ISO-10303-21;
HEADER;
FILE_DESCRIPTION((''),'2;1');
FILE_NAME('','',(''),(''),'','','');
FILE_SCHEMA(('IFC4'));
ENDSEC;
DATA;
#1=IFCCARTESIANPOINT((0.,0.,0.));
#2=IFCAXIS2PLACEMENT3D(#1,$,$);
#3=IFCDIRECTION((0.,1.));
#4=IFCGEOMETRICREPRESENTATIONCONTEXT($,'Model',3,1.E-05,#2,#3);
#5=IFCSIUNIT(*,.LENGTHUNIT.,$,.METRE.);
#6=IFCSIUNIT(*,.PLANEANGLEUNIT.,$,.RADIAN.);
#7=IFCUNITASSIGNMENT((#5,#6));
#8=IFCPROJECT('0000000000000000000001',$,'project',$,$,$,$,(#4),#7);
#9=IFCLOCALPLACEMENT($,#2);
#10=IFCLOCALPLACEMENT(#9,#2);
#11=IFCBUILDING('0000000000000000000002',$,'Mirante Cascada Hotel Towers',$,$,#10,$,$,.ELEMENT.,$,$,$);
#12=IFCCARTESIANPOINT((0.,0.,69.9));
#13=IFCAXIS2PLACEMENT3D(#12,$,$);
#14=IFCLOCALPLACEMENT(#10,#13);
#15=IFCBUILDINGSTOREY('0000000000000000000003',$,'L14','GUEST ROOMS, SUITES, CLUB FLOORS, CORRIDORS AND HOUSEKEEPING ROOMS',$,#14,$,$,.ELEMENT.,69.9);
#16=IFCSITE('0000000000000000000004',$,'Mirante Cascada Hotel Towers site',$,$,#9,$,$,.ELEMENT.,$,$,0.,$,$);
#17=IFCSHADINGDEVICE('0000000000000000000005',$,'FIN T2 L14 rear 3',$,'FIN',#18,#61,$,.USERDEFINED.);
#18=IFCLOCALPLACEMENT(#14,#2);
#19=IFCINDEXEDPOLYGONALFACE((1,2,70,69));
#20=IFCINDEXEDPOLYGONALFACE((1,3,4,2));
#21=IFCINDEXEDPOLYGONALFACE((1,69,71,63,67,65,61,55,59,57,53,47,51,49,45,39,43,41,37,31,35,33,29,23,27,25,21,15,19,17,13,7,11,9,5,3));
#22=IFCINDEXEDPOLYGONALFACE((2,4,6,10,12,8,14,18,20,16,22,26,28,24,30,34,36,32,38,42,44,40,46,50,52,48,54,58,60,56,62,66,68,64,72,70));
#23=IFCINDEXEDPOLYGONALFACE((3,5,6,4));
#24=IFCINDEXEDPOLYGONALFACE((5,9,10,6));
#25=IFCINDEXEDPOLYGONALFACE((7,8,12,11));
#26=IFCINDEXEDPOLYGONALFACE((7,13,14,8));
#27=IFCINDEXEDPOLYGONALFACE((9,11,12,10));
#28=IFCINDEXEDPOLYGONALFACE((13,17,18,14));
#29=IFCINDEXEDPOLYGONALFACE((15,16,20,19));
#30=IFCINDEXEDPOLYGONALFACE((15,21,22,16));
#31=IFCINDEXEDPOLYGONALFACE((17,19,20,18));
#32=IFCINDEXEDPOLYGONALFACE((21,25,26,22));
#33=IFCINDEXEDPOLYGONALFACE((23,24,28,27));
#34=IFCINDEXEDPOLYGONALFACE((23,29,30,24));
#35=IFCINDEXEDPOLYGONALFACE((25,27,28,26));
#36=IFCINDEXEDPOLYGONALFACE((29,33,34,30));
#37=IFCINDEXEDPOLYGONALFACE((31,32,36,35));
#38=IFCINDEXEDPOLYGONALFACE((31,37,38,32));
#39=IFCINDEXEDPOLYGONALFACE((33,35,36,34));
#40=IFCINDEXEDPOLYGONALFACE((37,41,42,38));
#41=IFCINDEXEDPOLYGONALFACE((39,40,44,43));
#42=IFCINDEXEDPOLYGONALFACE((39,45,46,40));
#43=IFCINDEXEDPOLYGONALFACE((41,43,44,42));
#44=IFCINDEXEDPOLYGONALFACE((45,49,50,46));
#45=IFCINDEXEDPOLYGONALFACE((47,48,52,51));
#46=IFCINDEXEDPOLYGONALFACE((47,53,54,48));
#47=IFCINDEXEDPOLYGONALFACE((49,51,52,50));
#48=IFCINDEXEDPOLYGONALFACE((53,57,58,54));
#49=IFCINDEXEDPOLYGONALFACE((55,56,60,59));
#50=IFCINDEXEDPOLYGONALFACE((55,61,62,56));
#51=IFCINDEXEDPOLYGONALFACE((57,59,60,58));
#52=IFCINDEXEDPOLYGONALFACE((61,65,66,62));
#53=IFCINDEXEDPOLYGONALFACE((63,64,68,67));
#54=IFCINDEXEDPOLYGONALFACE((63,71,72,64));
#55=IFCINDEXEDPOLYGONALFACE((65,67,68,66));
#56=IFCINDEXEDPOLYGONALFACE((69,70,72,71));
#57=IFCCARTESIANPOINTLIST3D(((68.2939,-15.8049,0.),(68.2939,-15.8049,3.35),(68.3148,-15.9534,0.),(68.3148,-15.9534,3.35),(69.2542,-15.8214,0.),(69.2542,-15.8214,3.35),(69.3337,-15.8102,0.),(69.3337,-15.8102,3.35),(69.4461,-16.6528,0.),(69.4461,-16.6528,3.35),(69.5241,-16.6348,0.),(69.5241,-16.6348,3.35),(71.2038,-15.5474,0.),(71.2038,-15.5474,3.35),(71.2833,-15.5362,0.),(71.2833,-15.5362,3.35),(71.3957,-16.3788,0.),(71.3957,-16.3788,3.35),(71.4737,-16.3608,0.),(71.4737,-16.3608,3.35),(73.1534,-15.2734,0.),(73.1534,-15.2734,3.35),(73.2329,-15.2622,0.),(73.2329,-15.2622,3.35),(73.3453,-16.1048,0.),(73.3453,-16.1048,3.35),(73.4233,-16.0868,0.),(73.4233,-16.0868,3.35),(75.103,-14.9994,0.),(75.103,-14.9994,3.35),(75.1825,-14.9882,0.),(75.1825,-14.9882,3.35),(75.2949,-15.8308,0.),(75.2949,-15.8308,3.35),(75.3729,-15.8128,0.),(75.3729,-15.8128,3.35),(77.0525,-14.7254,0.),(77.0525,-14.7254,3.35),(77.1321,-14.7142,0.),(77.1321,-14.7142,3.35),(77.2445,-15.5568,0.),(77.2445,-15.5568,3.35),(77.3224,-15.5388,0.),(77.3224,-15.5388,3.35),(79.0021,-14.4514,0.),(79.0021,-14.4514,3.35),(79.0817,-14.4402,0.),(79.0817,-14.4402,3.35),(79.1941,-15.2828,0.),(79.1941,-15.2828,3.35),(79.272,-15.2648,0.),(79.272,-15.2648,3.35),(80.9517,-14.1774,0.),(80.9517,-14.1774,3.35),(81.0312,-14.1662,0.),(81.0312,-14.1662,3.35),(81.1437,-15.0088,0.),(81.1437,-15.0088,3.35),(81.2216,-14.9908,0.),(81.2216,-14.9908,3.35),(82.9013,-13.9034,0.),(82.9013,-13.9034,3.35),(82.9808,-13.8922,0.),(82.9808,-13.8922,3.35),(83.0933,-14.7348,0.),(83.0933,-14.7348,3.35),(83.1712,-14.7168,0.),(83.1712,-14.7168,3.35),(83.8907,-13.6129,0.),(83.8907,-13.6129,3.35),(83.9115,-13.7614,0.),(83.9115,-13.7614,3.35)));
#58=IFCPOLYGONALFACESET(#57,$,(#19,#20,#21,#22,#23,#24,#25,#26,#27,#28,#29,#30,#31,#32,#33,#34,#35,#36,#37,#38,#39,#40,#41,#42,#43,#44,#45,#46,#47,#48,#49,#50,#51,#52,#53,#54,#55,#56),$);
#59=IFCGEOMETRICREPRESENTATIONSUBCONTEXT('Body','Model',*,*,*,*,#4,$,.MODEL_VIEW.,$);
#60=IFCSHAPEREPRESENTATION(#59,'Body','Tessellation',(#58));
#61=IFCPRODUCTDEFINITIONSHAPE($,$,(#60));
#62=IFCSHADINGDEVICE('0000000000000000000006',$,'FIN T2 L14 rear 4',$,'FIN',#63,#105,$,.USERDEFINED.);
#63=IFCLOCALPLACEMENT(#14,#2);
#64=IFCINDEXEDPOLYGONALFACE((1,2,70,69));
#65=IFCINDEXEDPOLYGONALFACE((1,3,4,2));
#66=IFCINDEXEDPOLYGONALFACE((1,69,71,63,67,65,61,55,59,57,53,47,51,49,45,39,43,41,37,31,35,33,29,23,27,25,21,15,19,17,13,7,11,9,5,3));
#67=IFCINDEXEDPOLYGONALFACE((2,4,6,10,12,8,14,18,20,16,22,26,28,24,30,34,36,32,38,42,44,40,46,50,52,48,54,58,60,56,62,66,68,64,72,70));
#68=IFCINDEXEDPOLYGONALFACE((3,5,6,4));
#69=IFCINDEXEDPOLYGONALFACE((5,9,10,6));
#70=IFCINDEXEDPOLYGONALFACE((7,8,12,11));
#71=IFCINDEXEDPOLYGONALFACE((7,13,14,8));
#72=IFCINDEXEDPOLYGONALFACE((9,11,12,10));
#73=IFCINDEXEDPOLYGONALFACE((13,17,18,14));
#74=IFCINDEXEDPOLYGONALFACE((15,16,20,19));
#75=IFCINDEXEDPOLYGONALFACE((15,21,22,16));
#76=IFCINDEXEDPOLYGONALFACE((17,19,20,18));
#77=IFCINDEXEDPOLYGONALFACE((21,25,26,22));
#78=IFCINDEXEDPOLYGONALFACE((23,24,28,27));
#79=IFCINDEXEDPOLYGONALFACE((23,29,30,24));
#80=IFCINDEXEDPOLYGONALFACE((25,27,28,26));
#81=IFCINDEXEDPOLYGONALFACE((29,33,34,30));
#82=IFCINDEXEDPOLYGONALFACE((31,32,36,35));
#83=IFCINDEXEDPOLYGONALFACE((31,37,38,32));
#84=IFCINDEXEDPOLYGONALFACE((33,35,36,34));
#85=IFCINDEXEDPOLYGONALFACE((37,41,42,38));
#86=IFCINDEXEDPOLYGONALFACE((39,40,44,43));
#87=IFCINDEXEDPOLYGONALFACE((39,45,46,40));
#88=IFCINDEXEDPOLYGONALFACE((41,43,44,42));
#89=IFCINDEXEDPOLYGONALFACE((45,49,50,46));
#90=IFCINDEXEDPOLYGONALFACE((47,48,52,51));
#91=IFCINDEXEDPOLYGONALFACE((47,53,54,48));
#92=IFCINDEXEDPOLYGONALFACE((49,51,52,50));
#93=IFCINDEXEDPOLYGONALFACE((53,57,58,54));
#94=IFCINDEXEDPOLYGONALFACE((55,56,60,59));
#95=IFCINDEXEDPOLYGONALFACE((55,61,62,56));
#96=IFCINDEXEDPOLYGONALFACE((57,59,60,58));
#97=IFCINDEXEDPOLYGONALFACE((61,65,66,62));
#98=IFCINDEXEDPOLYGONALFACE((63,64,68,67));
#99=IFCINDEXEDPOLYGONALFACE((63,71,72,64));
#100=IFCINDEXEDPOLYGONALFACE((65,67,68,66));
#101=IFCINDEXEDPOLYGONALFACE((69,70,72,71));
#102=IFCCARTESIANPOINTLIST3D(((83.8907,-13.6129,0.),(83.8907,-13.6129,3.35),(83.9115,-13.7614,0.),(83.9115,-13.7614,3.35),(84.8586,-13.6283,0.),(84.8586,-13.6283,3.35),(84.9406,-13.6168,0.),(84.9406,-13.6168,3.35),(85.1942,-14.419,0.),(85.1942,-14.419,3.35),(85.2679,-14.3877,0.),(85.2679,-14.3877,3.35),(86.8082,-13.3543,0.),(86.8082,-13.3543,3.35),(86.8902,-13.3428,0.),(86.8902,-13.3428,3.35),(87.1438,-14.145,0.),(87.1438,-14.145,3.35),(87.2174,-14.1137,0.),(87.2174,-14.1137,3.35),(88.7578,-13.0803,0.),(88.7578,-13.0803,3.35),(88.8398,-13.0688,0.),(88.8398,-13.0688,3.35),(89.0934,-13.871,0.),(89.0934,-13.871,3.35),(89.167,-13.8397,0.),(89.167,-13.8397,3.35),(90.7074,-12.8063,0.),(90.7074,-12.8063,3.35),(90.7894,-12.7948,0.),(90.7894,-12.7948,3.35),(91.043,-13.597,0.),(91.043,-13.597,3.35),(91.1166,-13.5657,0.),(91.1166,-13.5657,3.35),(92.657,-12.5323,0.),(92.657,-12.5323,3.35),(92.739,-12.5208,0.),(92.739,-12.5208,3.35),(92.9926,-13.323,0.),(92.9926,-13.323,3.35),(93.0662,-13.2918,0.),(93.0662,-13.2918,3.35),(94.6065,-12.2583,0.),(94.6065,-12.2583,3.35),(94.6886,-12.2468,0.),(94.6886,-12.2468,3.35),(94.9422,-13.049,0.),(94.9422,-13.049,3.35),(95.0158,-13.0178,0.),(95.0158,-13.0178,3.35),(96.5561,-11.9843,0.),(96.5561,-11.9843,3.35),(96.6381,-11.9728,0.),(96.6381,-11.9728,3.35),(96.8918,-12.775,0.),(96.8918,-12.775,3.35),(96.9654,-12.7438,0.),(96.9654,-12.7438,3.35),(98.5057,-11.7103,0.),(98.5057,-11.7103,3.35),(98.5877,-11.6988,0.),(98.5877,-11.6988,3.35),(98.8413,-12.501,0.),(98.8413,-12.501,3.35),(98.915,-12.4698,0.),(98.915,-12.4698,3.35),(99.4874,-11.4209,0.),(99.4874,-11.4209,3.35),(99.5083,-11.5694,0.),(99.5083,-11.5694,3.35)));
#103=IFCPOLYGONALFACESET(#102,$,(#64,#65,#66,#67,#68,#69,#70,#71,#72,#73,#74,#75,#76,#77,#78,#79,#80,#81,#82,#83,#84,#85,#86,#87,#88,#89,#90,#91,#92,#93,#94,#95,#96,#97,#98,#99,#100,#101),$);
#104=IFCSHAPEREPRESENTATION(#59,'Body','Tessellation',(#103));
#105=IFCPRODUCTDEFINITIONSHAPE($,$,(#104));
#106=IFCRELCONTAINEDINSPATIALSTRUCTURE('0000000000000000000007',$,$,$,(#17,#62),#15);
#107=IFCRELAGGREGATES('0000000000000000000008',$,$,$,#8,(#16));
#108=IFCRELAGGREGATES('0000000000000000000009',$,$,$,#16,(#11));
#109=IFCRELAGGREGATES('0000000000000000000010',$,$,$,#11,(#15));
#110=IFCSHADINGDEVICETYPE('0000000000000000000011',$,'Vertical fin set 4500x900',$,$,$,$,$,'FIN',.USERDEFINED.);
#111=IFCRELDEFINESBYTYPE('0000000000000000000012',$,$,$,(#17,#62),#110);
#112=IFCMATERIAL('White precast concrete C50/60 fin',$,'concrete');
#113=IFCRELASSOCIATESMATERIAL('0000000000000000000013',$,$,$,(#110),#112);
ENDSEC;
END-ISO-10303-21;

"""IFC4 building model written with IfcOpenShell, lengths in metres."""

from ifc_helpers import new_model, si_unit, direction, frame, origin, place, context, subcontext, project, spatial, polyline, outline, extrude, material, type_object, element, save


model = new_model("IFC4")

# Units and contexts
model_context = context("Model", 3, precision=1e-05, world=origin(), true_north=direction((0.0, 1.0)))
body_context = subcontext(model_context, "Body", "Model", "MODEL_VIEW")
ifc_project = project(units=[si_unit("LENGTHUNIT", "METRE"), si_unit("PLANEANGLEUNIT", "RADIAN")], contexts=[model_context])

# Site, building, storey
site_placement = place(None, origin())
site = spatial("IfcSite", under=ifc_project, at=site_placement, Name="Mirante Cascada Hotel Towers site", CompositionType="ELEMENT", RefElevation=0.0)
building_placement = place(site_placement, origin())
building = spatial("IfcBuilding", under=site, at=building_placement, Name="Mirante Cascada Hotel Towers", CompositionType="ELEMENT")
storey_placement = place(building_placement, frame((0.0, 0.0, 69.9)))
storey = spatial("IfcBuildingStorey", under=building, at=storey_placement, Name="L14", Description="GUEST ROOMS, SUITES, CLUB FLOORS, CORRIDORS AND HOUSEKEEPING ROOMS", CompositionType="ELEMENT", Elevation=69.9)

# Shading devices
ifc_material_1 = material(Name="White precast concrete C50/60 fin", Category="concrete")
shading_device_type = type_object("IfcShadingDeviceType", Name="Vertical fin set 4500x900", ElementType="FIN", PredefinedType="USERDEFINED", material=ifc_material_1)
shading_device_1_placement = place(storey_placement, origin())
element("IfcShadingDevice", 1, at=shading_device_1_placement, inside=storey, type_object=shading_device_type, Name="FIN T2 L14 rear 3", ObjectType="FIN", PredefinedType="USERDEFINED", context=body_context, shape_type="SweptSolid", body=[
    extrude(outline(polyline([(69.4461, -16.6528), (69.2542, -15.8214), (68.3148, -15.9534), (68.2939, -15.8049), (83.8907, -13.6129), (83.9115, -13.7614), (82.9808, -13.8922), (83.1712, -14.7168), (83.0933, -14.7348), (82.9013, -13.9034), (81.0312, -14.1662), (81.2216, -14.9908), (81.1437, -15.0088), (80.9517, -14.1774), (79.0817, -14.4402), (79.272, -15.2648), (79.1941, -15.2828), (79.0021, -14.4514), (77.1321, -14.7142), (77.3224, -15.5388), (77.2445, -15.5568), (77.0525, -14.7254), (75.1825, -14.9882), (75.3729, -15.8128), (75.2949, -15.8308), (75.103, -14.9994), (73.2329, -15.2622), (73.4233, -16.0868), (73.3453, -16.1048), (73.1534, -15.2734), (71.2833, -15.5362), (71.4737, -16.3608), (71.3957, -16.3788), (71.2038, -15.5474), (69.3337, -15.8102), (69.5241, -16.6348), (69.4461, -16.6528)])), origin(), (0.0, 0.0, 1.0), 3.35),
])
shading_device_2_placement = place(storey_placement, origin())
element("IfcShadingDevice", 2, at=shading_device_2_placement, inside=storey, type_object=shading_device_type, Name="FIN T2 L14 rear 4", ObjectType="FIN", PredefinedType="USERDEFINED", context=body_context, shape_type="SweptSolid", body=[
    extrude(outline(polyline([(85.1942, -14.419), (84.8586, -13.6283), (83.9115, -13.7614), (83.8907, -13.6129), (99.4874, -11.4209), (99.5083, -11.5694), (98.5877, -11.6988), (98.915, -12.4698), (98.8413, -12.501), (98.5057, -11.7103), (96.6381, -11.9728), (96.9654, -12.7438), (96.8918, -12.775), (96.5561, -11.9843), (94.6886, -12.2468), (95.0158, -13.0178), (94.9422, -13.049), (94.6065, -12.2583), (92.739, -12.5208), (93.0662, -13.2918), (92.9926, -13.323), (92.657, -12.5323), (90.7894, -12.7948), (91.1166, -13.5657), (91.043, -13.597), (90.7074, -12.8063), (88.8398, -13.0688), (89.167, -13.8397), (89.0934, -13.871), (88.7578, -13.0803), (86.8902, -13.3428), (87.2174, -14.1137), (87.1438, -14.145), (86.8082, -13.3543), (84.9406, -13.6168), (85.2679, -14.3877), (85.1942, -14.419)])), origin(), (0.0, 0.0, 1.0), 3.35),
])

save(model, "model.ifc")
